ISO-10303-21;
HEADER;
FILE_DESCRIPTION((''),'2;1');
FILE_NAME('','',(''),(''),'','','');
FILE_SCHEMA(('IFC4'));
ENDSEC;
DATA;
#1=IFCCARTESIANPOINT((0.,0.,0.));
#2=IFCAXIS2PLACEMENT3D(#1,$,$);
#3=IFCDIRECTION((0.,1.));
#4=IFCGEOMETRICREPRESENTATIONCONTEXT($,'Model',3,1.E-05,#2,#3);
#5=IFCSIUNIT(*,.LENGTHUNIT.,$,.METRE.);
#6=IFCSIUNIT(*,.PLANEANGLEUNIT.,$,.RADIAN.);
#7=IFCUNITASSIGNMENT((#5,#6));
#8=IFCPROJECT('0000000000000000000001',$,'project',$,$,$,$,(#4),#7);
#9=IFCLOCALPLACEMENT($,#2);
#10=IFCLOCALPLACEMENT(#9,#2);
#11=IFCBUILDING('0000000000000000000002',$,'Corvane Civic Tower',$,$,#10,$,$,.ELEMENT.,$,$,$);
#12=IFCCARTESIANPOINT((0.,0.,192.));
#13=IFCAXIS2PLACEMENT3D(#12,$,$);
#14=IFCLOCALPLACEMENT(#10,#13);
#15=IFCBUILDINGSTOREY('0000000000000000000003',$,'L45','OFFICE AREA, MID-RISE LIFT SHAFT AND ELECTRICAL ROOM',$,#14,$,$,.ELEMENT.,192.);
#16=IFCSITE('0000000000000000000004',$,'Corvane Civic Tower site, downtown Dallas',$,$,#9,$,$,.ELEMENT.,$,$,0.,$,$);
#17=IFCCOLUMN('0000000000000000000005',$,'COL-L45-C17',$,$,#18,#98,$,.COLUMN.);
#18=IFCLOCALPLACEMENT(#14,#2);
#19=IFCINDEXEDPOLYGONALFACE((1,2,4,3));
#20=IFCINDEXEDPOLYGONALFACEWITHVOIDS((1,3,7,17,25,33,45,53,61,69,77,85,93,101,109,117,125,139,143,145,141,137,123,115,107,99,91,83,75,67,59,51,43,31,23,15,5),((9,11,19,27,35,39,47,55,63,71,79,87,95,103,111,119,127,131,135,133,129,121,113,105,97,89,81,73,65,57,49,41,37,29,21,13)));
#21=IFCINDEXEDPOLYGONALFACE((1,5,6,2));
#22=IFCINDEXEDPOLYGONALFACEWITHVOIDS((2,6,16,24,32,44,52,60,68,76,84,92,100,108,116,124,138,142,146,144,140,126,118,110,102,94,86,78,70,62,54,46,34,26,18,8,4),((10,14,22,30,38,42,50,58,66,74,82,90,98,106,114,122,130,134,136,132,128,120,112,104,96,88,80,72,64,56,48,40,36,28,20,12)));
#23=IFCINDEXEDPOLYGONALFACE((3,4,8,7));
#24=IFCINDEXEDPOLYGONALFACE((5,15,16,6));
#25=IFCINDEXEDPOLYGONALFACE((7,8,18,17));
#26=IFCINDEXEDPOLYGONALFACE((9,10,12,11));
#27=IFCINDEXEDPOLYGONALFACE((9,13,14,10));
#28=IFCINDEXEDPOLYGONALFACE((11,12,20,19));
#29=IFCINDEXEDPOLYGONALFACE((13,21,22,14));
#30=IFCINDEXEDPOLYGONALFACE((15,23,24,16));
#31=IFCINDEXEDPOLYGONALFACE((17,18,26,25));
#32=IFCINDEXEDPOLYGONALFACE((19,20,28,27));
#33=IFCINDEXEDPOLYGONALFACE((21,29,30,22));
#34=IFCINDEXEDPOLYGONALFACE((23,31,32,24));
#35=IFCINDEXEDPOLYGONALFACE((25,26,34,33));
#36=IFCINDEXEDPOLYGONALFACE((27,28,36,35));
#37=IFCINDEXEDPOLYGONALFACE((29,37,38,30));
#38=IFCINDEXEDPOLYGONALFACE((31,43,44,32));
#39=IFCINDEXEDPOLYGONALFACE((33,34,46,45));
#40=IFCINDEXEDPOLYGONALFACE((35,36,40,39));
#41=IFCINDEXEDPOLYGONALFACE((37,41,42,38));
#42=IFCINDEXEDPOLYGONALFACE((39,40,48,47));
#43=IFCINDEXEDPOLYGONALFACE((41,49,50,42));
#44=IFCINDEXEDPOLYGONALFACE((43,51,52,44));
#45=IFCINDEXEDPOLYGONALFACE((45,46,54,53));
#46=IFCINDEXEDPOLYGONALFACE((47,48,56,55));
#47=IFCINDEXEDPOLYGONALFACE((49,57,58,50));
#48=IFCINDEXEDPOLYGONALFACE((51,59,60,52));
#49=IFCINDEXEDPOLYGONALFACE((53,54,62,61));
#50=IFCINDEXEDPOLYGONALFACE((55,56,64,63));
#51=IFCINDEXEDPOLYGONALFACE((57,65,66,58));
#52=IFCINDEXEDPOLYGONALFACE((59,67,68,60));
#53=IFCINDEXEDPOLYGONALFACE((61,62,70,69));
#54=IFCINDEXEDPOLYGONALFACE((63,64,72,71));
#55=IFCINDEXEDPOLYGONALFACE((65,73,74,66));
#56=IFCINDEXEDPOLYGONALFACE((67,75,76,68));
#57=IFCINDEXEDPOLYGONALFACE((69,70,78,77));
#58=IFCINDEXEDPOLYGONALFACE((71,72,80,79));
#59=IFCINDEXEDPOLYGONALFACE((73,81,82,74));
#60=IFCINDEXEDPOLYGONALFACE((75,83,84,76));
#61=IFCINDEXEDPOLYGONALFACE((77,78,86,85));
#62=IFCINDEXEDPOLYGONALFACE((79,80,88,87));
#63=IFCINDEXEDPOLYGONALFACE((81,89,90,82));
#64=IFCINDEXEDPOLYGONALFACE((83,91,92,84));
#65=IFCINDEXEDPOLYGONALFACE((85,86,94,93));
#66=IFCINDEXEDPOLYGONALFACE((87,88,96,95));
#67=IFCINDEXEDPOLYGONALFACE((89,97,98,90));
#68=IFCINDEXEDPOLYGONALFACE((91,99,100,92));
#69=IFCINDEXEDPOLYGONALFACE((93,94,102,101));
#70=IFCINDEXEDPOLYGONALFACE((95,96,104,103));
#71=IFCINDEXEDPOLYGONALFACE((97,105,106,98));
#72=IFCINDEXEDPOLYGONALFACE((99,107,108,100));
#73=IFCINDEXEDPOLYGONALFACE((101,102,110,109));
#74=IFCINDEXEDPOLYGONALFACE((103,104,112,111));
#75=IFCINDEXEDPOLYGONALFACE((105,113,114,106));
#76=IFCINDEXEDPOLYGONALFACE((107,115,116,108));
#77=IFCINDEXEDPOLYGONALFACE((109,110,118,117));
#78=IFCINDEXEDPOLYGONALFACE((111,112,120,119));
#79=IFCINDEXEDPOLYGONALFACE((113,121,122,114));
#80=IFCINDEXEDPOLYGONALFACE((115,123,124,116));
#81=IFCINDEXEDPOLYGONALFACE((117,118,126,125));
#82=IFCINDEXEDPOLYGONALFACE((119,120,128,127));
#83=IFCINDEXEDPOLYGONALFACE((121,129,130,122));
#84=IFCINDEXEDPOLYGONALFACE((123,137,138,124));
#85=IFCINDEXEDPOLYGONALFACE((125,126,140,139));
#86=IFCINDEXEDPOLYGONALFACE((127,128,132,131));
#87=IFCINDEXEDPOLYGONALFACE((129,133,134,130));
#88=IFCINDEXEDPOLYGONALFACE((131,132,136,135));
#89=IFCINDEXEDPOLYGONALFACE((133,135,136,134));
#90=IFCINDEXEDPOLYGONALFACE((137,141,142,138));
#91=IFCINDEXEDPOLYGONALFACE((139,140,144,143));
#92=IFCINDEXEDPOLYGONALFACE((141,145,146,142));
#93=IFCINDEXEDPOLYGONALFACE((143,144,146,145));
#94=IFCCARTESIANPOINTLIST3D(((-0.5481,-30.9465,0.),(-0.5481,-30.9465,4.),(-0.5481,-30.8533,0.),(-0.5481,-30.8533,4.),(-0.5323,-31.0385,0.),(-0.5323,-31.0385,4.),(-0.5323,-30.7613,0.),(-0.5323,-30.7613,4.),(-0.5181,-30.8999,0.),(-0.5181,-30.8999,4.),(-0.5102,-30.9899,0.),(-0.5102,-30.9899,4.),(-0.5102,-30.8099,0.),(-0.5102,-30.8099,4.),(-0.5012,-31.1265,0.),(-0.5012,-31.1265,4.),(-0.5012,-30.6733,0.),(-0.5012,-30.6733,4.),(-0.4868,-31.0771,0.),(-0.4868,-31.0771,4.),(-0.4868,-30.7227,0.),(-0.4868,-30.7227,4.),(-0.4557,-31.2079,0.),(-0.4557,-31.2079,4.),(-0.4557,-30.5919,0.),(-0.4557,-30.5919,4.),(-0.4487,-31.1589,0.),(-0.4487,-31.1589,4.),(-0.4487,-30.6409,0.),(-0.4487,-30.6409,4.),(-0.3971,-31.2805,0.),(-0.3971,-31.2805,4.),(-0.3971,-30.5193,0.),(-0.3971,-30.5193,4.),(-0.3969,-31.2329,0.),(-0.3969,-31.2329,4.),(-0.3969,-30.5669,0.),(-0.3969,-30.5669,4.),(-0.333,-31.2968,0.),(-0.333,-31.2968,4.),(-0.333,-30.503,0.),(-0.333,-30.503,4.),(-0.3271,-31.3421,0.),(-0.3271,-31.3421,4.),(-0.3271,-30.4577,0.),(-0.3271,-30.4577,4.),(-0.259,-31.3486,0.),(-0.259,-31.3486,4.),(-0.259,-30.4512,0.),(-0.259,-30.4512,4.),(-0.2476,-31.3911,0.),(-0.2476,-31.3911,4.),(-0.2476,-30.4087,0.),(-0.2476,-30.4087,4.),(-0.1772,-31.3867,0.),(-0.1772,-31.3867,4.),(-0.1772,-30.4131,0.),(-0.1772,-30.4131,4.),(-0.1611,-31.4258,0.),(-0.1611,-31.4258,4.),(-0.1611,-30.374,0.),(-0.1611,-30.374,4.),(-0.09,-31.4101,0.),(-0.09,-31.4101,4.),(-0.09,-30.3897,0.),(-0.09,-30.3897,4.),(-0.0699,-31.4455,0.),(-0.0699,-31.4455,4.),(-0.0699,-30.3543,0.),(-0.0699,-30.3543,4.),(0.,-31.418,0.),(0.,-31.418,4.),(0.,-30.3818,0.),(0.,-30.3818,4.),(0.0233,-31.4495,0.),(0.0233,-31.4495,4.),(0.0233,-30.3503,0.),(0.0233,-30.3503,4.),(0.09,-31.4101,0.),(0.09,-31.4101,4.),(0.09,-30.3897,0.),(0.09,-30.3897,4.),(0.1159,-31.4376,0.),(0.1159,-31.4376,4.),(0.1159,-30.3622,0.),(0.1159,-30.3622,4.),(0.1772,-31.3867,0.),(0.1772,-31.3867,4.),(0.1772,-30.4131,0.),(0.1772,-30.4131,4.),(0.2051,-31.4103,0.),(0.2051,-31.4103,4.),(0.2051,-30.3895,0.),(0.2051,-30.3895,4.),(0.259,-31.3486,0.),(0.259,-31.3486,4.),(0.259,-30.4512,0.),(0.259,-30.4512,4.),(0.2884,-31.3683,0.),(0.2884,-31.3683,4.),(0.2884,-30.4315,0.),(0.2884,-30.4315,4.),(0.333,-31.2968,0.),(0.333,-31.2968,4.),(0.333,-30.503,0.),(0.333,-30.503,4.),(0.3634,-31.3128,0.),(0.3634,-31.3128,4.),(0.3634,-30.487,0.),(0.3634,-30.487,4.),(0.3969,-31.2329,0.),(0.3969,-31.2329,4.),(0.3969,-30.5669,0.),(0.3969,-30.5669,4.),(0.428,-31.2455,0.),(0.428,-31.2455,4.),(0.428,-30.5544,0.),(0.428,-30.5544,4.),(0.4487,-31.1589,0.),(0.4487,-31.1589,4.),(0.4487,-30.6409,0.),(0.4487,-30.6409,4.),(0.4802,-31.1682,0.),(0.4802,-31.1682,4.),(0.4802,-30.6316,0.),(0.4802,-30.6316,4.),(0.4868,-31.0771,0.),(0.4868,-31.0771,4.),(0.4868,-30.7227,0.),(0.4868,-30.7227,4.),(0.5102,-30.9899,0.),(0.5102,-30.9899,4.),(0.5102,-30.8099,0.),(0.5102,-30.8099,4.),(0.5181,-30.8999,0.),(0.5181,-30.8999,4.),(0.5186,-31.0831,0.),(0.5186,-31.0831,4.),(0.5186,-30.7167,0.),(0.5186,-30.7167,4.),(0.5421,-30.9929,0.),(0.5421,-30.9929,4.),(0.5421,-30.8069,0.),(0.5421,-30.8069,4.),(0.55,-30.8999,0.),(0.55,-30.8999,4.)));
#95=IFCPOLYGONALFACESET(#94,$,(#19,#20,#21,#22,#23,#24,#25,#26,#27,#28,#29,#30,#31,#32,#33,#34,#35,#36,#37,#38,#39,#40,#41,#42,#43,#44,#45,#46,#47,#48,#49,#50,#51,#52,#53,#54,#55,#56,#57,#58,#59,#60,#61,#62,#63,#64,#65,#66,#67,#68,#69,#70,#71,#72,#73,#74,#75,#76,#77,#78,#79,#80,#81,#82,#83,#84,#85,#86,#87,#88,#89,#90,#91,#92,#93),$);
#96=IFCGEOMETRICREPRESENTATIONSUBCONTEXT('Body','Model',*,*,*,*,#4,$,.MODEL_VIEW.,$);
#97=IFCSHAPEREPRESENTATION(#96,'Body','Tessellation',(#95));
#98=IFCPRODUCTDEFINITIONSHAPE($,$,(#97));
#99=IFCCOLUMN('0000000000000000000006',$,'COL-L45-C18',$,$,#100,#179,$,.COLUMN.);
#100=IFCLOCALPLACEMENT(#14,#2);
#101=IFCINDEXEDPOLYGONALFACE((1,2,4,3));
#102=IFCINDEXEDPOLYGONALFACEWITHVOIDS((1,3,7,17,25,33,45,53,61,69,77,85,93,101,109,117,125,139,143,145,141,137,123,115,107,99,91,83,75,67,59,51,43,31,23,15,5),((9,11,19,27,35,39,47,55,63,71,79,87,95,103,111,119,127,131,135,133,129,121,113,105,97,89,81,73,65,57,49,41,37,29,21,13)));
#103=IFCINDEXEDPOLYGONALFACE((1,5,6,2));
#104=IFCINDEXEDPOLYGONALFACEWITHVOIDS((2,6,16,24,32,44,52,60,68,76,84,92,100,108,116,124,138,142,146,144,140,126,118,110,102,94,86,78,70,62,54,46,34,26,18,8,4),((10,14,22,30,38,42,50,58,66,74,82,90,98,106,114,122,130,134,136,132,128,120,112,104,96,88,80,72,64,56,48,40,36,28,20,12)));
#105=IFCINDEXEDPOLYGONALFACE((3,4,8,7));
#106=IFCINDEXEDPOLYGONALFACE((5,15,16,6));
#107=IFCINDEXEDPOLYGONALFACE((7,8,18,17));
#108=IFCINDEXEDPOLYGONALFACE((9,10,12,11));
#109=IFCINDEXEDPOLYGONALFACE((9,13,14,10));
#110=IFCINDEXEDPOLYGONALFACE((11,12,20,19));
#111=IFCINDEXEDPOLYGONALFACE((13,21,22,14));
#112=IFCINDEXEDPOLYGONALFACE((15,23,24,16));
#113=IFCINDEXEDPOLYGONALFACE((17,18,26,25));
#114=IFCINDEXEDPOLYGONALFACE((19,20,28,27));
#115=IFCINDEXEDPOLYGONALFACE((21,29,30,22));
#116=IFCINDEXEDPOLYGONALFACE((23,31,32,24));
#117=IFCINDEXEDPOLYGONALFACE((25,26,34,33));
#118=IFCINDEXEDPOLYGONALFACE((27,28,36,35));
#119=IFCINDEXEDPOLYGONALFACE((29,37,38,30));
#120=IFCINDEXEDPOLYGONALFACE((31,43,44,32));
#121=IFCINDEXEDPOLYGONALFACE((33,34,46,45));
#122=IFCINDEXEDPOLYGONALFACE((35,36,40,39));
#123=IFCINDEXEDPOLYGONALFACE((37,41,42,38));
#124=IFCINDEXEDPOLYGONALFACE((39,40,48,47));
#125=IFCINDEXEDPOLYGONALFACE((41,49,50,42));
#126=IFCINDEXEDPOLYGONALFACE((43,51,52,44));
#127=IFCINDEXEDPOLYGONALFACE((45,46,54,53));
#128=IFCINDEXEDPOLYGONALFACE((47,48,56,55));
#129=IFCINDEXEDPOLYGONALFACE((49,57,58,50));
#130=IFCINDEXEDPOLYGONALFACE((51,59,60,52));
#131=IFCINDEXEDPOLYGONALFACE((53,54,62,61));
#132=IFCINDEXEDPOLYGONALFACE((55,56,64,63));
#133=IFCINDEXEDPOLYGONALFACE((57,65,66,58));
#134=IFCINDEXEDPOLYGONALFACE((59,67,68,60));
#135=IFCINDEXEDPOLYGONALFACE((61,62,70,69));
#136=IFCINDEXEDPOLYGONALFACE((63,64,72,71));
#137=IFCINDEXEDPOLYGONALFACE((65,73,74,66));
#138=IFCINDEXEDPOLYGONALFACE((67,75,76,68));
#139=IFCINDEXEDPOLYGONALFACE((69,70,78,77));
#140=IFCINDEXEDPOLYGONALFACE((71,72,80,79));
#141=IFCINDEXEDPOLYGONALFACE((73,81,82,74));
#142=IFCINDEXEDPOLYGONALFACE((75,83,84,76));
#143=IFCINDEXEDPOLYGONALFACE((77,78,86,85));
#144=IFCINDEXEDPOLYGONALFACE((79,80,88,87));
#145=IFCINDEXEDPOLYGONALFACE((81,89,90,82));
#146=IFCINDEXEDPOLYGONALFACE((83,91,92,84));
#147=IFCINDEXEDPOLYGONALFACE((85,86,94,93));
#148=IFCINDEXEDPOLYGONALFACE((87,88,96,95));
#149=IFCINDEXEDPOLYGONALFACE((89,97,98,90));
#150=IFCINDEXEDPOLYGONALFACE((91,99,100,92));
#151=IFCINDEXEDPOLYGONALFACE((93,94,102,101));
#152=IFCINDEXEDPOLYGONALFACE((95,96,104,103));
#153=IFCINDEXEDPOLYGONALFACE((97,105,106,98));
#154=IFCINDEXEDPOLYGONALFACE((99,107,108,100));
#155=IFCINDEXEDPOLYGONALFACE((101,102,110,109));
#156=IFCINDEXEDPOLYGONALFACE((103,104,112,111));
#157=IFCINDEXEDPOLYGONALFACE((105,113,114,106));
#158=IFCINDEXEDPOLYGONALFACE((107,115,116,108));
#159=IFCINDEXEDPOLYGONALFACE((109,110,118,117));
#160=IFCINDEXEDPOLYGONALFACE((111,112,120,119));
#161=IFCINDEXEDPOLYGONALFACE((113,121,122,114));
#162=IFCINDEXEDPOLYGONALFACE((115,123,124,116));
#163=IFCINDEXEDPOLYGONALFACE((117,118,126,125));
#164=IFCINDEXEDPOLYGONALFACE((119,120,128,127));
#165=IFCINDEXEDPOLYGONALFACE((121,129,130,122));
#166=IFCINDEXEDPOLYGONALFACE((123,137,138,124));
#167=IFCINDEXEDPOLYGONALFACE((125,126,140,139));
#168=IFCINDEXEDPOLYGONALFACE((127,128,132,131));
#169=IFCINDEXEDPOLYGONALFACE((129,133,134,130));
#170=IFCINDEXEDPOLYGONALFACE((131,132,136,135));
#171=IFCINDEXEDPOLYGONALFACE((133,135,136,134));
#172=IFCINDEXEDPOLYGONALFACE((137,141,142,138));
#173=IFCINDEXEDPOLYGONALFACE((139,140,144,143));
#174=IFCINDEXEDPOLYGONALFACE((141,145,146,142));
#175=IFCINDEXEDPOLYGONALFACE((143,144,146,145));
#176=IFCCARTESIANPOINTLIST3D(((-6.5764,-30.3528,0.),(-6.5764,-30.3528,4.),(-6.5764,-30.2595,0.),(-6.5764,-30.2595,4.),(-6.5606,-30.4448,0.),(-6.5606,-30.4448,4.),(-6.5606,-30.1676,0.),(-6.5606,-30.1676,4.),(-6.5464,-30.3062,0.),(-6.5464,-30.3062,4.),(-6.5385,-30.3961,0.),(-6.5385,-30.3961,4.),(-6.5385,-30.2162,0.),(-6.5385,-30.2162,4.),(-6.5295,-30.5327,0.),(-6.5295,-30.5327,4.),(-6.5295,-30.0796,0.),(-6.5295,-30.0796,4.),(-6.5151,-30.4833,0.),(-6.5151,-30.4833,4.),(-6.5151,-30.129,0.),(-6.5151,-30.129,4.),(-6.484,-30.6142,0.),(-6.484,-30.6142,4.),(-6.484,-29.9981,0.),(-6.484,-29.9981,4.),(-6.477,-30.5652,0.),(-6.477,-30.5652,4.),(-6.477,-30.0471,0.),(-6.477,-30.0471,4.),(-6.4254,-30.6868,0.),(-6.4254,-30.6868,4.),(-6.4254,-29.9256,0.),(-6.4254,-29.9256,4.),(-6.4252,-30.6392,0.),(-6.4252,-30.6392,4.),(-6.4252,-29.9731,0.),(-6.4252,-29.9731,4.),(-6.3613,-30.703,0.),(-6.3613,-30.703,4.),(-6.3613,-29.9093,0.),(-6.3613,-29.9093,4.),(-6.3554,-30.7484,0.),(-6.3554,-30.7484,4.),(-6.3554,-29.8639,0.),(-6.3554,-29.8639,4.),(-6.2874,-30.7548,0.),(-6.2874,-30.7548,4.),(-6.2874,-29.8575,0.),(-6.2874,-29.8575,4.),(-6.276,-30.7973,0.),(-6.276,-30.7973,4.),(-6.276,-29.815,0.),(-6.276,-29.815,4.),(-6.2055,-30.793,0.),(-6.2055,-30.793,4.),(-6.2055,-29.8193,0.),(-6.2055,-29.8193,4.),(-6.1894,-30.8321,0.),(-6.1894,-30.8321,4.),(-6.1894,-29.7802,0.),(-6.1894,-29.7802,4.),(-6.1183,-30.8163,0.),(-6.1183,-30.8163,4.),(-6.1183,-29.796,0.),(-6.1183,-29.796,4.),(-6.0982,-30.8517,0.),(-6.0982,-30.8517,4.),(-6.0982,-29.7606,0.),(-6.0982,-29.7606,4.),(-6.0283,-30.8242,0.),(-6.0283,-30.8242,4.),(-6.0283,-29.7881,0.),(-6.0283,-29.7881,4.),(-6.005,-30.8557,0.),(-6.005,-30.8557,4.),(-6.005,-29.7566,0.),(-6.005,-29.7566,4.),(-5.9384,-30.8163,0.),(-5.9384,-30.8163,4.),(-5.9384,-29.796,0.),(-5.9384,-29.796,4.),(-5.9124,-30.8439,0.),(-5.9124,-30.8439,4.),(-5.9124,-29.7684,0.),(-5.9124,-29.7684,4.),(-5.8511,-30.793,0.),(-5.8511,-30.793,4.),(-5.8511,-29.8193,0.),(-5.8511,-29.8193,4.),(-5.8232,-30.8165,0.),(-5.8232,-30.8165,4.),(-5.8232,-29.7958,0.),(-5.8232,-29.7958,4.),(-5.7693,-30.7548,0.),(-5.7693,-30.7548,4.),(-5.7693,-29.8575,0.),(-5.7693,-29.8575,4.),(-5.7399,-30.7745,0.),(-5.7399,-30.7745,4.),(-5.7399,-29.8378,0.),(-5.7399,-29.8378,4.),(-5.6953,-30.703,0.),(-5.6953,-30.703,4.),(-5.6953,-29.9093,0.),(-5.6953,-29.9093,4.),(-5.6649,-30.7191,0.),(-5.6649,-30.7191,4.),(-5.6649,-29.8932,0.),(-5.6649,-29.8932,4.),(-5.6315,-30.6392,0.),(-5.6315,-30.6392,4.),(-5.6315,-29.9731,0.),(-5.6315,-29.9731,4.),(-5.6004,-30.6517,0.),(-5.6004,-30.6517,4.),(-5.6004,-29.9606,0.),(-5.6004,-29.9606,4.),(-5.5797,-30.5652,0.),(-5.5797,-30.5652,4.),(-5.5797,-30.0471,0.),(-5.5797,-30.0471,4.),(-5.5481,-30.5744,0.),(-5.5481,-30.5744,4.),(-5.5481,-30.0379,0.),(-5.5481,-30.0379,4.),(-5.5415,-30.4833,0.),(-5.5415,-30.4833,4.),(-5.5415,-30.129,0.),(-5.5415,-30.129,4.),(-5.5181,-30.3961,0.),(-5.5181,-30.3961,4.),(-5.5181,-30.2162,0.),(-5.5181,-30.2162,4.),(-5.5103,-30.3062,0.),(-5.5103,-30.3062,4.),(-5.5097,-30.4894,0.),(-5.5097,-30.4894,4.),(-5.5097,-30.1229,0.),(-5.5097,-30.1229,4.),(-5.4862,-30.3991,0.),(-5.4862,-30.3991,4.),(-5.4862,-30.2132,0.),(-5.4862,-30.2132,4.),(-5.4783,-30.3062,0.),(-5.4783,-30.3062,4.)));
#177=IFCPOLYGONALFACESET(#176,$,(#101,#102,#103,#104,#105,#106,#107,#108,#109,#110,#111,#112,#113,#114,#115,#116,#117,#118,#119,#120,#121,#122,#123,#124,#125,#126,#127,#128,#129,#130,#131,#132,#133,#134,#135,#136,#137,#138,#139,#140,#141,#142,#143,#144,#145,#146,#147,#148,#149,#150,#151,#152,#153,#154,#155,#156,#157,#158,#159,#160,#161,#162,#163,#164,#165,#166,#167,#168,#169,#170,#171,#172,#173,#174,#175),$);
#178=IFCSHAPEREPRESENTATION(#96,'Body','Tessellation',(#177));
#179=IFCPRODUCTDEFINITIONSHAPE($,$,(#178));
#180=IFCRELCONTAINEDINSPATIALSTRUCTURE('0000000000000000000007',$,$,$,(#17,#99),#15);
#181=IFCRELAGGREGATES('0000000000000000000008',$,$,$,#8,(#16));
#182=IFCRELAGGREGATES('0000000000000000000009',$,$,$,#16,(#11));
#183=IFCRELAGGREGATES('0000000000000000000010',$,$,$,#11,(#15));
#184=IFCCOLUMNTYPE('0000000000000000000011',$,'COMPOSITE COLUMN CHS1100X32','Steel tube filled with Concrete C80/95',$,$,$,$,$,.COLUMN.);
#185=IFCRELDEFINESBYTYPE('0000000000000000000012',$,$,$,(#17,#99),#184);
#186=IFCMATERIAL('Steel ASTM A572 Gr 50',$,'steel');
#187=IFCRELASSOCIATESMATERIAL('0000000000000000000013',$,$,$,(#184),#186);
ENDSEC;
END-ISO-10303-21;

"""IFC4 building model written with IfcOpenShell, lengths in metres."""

from ifc_helpers import new_model, si_unit, direction, frame, origin, origin_2d, place, context, subcontext, project, spatial, hollow_circle, extrude, material, material_profile, profile_set, type_object, element, save


model = new_model("IFC4")

# Units and contexts
model_context = context("Model", 3, precision=1e-05, world=origin(), true_north=direction((0.0, 1.0)))
body_context = subcontext(model_context, "Body", "Model", "MODEL_VIEW")
ifc_project = project(units=[si_unit("LENGTHUNIT", "METRE"), si_unit("PLANEANGLEUNIT", "RADIAN")], contexts=[model_context])

# Site, building, storey
site_placement = place(None, origin())
site = spatial("IfcSite", under=ifc_project, at=site_placement, Name="Corvane Civic Tower site, downtown Dallas", CompositionType="ELEMENT", RefElevation=0.0)
building_placement = place(site_placement, origin())
building = spatial("IfcBuilding", under=site, at=building_placement, Name="Corvane Civic Tower", CompositionType="ELEMENT")
storey_placement = place(building_placement, frame((0.0, 0.0, 192.0)))
storey = spatial("IfcBuildingStorey", under=building, at=storey_placement, Name="L45", Description="OFFICE AREA, MID-RISE LIFT SHAFT AND ELECTRICAL ROOM", CompositionType="ELEMENT", Elevation=192.0)

# Columns
ifc_material_1 = material(Name="Steel ASTM A572 Gr 50", Category="steel")
ifc_material_profile_1 = material_profile(ifc_material_1, hollow_circle(Radius=0.55, WallThickness=0.032, at=origin_2d()), Name="CHS1100X32")
ifc_profile_set_1 = profile_set([ifc_material_profile_1], Name="Steel ASTM A572 Gr 50")
column_type = type_object("IfcColumnType", Name="COMPOSITE COLUMN CHS1100X32", Description="Steel tube filled with Concrete C80/95", PredefinedType="COLUMN", material=ifc_profile_set_1)
for number, where, z_axis, x_axis, name in (
    (1, (0.0, -30.8999, 0.0), (0.0, 0.0, 1.0), (1.0, 0.0, 0.0), "COL-L45-C17"),
    (2, (-6.0283, -30.3062, 0.0), (0.0, 0.0, 1.0), (1.0, 0.0, 0.0), "COL-L45-C18"),
):
    element("IfcColumn", number, at=place(storey_placement, frame(where, z_axis=z_axis, x_axis=x_axis)), inside=storey, type_object=column_type, Name=name, PredefinedType="COLUMN", context=body_context, shape_type="SweptSolid", body=[
        extrude(hollow_circle(Radius=0.55, WallThickness=0.032, at=origin_2d()), origin(), (0.0, 0.0, 1.0), 4.0),
    ])

save(model, "model.ifc")
